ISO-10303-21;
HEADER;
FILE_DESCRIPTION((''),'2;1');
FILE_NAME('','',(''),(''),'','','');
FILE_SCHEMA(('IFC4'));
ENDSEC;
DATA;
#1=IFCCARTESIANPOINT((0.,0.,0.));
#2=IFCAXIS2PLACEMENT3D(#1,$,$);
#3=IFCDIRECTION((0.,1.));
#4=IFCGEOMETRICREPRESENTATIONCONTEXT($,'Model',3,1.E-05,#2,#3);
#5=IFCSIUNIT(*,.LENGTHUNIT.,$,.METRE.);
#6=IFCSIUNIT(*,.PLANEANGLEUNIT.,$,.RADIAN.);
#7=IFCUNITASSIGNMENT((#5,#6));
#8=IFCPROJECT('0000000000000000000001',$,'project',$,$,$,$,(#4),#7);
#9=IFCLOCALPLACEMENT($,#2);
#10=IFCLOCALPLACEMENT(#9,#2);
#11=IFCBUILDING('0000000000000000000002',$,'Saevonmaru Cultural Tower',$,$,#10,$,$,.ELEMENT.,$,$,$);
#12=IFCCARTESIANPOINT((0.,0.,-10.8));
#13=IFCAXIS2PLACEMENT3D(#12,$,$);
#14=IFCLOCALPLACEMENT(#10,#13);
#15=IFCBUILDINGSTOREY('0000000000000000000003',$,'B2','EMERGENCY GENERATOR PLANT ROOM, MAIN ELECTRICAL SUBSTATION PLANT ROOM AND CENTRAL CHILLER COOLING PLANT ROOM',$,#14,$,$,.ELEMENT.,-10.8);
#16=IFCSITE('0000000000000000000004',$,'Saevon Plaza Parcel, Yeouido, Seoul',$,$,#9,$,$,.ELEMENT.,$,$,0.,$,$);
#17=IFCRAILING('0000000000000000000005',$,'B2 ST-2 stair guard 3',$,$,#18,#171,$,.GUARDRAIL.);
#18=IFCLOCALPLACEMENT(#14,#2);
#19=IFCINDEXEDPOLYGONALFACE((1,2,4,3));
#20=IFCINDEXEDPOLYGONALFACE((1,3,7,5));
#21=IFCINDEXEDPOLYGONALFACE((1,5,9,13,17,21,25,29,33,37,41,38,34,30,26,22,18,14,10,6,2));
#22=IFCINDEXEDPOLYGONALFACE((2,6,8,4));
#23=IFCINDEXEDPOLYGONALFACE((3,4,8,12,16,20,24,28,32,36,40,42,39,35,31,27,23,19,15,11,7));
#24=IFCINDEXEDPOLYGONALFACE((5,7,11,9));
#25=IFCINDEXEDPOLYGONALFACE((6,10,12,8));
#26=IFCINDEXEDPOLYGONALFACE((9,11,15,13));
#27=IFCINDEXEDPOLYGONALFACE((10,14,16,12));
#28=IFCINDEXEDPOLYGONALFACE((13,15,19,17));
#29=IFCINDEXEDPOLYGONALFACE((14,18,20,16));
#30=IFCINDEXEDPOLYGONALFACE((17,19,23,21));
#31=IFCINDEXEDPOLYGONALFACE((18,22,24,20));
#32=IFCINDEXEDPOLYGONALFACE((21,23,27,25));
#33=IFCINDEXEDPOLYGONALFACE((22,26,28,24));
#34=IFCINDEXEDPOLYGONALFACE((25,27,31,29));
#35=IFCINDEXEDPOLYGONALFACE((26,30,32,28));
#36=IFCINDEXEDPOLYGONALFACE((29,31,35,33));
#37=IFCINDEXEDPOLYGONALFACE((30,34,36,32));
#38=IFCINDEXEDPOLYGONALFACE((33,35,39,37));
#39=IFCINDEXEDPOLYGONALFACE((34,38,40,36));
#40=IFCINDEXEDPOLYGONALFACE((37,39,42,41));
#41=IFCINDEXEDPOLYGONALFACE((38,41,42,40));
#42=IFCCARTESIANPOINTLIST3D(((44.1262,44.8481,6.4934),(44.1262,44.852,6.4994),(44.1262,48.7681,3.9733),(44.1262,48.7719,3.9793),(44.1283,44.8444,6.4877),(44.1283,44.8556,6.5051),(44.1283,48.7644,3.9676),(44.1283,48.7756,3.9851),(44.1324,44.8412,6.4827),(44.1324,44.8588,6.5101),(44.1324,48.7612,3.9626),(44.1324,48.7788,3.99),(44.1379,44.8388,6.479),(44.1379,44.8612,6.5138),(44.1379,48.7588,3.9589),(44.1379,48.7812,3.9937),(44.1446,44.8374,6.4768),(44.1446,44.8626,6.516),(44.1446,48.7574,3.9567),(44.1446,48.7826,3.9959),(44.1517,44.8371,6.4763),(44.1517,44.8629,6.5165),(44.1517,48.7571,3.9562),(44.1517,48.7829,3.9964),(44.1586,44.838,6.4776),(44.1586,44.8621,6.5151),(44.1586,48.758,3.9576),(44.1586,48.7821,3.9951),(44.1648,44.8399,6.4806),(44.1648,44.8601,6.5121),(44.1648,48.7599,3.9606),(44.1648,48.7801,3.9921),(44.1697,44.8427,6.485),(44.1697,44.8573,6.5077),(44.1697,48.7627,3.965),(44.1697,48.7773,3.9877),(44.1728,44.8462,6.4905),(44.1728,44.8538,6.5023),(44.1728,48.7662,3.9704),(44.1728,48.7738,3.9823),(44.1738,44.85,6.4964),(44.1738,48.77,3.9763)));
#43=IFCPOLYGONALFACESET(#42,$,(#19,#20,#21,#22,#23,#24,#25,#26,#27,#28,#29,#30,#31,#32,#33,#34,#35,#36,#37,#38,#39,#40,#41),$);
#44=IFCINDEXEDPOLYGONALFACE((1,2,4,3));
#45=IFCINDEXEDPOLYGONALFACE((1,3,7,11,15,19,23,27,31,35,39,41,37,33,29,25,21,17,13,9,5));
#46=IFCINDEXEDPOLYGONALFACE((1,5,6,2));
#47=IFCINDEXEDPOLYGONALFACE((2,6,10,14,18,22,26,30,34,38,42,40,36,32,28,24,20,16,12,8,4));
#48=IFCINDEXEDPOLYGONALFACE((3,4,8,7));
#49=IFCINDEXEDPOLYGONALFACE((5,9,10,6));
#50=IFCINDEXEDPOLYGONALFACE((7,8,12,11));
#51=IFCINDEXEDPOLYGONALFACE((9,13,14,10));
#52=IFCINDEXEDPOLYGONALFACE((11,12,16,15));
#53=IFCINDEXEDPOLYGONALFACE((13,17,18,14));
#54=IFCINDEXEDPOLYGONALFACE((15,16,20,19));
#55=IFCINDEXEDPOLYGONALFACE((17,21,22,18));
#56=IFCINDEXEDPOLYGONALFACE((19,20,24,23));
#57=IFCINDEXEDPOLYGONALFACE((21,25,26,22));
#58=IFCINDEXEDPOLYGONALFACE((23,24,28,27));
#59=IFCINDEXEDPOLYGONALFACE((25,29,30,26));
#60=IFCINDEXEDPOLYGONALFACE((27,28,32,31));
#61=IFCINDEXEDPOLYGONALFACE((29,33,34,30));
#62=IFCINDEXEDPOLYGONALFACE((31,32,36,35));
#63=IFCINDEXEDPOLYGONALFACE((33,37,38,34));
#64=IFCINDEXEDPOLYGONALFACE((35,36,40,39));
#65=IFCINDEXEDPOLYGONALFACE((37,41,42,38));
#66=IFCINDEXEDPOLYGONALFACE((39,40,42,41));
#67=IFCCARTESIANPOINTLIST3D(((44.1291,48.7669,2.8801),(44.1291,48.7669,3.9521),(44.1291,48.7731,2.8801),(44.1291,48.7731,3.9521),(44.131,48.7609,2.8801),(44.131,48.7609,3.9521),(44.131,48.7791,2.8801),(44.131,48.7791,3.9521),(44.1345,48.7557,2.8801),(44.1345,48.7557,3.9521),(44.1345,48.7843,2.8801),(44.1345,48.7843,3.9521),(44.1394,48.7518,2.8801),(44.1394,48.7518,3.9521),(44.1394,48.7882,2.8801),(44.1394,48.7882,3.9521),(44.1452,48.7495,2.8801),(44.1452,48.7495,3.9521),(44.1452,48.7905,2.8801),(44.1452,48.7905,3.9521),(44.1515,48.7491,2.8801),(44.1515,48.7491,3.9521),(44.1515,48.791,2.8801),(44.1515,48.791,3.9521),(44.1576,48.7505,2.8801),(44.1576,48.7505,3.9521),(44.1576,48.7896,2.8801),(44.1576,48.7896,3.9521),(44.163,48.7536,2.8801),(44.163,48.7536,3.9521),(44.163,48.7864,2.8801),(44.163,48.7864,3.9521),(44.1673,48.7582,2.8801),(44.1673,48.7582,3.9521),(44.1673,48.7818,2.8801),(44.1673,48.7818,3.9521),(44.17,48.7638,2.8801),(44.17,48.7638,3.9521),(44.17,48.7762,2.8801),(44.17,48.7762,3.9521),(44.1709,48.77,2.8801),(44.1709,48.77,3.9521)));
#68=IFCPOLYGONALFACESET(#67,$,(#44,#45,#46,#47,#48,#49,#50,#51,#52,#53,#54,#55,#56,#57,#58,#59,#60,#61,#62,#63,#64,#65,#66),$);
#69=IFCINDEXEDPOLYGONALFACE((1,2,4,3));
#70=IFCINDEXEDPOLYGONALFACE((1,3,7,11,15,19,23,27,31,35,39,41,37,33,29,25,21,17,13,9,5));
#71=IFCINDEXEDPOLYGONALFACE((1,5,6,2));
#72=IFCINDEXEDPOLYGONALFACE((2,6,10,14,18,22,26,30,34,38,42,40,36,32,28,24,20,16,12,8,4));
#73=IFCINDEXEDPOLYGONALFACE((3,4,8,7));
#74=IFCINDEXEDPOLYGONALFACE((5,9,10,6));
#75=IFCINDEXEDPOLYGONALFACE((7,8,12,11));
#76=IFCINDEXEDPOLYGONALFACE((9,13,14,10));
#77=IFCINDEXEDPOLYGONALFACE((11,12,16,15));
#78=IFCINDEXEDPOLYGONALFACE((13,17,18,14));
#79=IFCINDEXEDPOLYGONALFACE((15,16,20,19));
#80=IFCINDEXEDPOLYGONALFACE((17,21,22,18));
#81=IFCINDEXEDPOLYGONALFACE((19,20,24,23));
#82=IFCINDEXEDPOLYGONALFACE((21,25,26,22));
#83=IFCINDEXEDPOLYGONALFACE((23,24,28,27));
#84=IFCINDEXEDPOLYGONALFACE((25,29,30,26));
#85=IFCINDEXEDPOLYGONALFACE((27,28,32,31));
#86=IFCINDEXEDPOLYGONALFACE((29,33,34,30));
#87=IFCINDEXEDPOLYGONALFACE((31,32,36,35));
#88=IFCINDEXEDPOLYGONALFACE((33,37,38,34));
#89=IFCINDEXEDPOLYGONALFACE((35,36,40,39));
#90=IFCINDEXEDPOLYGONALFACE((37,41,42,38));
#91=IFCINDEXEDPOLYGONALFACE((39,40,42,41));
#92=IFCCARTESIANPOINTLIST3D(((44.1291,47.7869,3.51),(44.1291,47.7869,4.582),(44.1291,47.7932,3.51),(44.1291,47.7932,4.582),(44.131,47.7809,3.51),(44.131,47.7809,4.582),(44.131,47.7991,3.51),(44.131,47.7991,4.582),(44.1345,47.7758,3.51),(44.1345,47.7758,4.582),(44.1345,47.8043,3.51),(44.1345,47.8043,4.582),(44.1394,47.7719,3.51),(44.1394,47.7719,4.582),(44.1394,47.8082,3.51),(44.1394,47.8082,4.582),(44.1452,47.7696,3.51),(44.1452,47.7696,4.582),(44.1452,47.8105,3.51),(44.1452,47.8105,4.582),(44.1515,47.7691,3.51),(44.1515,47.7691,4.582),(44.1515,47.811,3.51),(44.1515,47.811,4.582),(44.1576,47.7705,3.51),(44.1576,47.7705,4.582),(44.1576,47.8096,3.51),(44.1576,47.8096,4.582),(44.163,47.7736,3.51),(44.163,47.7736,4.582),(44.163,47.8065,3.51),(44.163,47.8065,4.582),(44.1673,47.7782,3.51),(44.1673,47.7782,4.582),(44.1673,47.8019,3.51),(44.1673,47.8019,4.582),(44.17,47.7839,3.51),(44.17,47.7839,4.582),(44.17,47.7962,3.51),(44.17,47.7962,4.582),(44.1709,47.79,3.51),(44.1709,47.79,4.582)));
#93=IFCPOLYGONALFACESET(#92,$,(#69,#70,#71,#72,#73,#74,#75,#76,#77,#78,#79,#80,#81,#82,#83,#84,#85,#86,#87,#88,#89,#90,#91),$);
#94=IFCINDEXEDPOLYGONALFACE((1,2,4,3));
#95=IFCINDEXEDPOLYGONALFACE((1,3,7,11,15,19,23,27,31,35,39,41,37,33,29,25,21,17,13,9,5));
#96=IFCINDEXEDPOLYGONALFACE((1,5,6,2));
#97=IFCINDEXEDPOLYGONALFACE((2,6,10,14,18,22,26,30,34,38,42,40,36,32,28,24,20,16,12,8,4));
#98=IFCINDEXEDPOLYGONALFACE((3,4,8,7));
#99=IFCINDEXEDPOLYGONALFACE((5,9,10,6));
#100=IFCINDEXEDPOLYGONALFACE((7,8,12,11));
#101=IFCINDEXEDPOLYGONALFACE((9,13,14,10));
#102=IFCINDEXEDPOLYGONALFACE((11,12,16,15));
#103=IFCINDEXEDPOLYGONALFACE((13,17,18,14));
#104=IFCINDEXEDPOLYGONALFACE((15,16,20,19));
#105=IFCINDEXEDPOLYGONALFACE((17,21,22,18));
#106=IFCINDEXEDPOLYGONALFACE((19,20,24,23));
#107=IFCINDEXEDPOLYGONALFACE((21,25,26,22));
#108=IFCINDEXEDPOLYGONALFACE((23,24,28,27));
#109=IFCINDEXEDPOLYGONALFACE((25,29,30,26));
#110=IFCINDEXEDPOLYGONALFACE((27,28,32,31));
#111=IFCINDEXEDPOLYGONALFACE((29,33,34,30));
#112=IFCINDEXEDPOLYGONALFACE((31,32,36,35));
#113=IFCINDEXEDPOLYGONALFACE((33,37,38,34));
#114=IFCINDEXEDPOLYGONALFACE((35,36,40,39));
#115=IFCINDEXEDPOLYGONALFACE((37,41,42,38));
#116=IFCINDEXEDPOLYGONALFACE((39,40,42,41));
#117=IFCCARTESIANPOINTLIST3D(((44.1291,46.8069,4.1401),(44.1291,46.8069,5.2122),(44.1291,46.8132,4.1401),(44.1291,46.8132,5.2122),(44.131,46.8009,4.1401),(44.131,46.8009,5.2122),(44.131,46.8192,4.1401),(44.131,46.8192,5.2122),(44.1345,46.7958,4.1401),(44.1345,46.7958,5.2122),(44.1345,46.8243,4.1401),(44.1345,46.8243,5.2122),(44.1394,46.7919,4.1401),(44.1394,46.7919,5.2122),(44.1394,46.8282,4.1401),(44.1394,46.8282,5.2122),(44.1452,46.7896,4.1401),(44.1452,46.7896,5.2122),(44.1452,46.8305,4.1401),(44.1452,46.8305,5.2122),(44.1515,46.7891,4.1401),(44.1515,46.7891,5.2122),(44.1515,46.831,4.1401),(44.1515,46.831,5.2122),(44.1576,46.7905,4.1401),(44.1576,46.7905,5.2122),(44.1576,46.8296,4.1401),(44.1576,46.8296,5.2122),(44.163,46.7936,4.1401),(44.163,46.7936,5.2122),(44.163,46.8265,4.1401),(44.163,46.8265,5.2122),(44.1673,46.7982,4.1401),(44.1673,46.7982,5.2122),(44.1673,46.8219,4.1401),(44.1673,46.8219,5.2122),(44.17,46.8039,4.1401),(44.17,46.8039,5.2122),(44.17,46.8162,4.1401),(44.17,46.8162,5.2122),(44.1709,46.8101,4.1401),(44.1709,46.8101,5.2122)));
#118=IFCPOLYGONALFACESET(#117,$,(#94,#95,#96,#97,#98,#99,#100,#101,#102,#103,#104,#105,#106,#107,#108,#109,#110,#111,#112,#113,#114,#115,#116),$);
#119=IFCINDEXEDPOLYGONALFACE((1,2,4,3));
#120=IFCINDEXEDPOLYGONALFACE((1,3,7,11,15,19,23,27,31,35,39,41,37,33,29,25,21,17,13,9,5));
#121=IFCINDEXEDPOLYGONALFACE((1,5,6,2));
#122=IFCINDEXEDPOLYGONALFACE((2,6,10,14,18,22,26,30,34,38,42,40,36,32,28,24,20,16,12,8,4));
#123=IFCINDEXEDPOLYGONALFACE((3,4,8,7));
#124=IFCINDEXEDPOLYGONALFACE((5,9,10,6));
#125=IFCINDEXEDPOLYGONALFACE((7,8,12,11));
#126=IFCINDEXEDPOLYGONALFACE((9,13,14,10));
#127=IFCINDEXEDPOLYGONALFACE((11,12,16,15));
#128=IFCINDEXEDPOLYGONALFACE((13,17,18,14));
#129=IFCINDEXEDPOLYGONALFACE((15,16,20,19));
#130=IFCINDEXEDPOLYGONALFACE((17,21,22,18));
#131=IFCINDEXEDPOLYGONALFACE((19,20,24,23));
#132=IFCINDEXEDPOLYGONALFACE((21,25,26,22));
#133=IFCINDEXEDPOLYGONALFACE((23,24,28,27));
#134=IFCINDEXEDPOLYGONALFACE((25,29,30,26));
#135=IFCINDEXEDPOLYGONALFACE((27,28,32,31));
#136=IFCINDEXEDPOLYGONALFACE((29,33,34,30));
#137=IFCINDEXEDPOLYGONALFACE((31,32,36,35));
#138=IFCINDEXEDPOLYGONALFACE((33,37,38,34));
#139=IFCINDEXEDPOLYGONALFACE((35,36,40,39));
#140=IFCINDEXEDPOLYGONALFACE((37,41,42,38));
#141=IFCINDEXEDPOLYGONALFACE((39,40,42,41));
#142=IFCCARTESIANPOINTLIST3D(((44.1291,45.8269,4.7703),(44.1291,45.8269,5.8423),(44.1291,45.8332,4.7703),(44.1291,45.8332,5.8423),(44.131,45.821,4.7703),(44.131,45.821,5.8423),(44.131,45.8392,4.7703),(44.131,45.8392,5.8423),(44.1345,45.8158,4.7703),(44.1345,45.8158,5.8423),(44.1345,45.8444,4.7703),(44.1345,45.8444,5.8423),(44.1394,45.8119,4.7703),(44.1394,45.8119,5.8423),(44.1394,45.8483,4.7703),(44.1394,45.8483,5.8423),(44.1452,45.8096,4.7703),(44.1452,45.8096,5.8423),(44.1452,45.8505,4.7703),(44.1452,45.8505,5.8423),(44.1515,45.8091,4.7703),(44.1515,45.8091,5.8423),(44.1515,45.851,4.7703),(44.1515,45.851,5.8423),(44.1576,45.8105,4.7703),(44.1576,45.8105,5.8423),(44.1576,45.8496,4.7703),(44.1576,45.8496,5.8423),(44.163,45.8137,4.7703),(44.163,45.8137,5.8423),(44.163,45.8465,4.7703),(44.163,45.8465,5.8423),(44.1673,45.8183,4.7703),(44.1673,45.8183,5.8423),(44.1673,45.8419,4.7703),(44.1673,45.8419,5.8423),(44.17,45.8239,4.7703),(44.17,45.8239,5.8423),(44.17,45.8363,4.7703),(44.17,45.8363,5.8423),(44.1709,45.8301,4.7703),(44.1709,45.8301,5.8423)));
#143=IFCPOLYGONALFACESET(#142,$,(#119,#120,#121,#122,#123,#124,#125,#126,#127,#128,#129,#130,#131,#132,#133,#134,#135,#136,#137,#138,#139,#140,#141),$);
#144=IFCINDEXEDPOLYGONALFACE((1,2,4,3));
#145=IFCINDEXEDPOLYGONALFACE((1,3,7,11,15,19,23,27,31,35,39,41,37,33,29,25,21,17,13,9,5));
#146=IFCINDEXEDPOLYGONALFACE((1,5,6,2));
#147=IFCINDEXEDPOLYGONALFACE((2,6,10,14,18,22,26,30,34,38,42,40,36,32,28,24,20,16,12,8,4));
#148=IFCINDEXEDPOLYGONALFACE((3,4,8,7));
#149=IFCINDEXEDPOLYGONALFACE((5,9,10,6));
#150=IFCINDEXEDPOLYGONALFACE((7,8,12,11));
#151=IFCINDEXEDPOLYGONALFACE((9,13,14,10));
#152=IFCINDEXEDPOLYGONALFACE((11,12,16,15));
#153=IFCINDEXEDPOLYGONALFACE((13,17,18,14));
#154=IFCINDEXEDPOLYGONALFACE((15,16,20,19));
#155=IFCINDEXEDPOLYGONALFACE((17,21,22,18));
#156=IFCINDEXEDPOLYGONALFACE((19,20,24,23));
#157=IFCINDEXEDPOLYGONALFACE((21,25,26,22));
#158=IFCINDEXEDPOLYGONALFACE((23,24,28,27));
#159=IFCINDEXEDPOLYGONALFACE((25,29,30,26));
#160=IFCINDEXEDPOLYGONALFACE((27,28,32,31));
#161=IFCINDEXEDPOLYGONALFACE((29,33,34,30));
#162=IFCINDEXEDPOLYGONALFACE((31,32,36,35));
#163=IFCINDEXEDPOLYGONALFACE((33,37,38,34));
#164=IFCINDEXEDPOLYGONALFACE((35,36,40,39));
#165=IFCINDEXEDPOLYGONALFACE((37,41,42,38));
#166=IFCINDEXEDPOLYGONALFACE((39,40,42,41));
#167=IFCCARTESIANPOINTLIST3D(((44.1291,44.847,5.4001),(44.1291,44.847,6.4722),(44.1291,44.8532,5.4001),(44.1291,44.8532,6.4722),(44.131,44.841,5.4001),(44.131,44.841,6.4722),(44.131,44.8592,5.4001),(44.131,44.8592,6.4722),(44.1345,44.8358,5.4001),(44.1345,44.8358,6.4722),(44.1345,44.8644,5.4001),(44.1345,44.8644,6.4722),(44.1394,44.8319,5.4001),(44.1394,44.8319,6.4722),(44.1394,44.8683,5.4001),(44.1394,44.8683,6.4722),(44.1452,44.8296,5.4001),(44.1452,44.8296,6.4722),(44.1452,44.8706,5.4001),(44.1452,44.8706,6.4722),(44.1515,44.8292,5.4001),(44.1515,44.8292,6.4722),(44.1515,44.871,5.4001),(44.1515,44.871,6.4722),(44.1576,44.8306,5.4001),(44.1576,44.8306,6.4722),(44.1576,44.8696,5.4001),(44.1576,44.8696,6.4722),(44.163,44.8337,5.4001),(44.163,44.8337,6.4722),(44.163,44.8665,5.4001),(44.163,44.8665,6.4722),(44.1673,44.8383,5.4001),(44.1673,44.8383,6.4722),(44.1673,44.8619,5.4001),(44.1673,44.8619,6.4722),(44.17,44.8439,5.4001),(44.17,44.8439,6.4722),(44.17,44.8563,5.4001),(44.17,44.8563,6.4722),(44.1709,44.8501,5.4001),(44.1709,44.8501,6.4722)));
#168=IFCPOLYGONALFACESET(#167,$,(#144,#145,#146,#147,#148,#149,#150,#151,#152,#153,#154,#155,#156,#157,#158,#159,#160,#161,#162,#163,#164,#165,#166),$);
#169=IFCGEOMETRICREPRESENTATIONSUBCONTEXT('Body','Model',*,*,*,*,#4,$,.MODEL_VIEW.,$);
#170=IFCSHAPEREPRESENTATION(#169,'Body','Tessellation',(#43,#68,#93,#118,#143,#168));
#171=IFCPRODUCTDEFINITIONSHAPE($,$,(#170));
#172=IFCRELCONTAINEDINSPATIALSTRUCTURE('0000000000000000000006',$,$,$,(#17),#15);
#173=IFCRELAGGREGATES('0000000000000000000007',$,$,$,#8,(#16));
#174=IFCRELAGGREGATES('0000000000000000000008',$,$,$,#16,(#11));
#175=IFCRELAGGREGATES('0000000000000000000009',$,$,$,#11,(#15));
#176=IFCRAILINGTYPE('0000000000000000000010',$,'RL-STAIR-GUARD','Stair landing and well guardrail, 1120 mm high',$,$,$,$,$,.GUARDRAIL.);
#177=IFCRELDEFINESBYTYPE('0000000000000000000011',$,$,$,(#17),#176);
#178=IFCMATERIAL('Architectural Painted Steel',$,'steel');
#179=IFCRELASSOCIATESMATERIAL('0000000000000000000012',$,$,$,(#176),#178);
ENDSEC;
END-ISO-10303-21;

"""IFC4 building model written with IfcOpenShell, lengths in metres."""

from ifc_helpers import new_model, si_unit, direction, frame, origin, origin_2d, place, context, subcontext, project, spatial, circle, extrude, material, type_object, element, save


model = new_model("IFC4")

# Units and contexts
model_context = context("Model", 3, precision=1e-05, world=origin(), true_north=direction((0.0, 1.0)))
body_context = subcontext(model_context, "Body", "Model", "MODEL_VIEW")
ifc_project = project(units=[si_unit("LENGTHUNIT", "METRE"), si_unit("PLANEANGLEUNIT", "RADIAN")], contexts=[model_context])

# Site, building, storey
site_placement = place(None, origin())
site = spatial("IfcSite", under=ifc_project, at=site_placement, Name="Saevon Plaza Parcel, Yeouido, Seoul", CompositionType="ELEMENT", RefElevation=0.0)
building_placement = place(site_placement, origin())
building = spatial("IfcBuilding", under=site, at=building_placement, Name="Saevonmaru Cultural Tower", CompositionType="ELEMENT")
storey_placement = place(building_placement, frame((0.0, 0.0, -10.8)))
storey = spatial("IfcBuildingStorey", under=building, at=storey_placement, Name="B2", Description="EMERGENCY GENERATOR PLANT ROOM, MAIN ELECTRICAL SUBSTATION PLANT ROOM AND CENTRAL CHILLER COOLING PLANT ROOM", CompositionType="ELEMENT", Elevation=-10.8)

# Railing
ifc_material_1 = material(Name="Architectural Painted Steel", Category="steel")
railing_type_1 = type_object("IfcRailingType", Name="RL-STAIR-GUARD", Description="Stair landing and well guardrail, 1120 mm high", PredefinedType="GUARDRAIL", material=ifc_material_1)
railing_1_placement = place(storey_placement, frame((44.1499, 48.77, 2.8801)))
element("IfcRailing", 1, at=railing_1_placement, inside=storey, type_object=railing_type_1, Name="B2 ST-2 stair guard 3", PredefinedType="GUARDRAIL", context=body_context, shape_type="SweptSolid", body=[
    extrude(circle(Radius=0.0239, at=origin_2d()), frame((0.0, 0.0, 1.0962), z_axis=(0.0, -0.841172, 0.540768), x_axis=(1.0, 0.0, 0.0)), (0.0, 0.0, 1.0), 4.6602),
    extrude(circle(Radius=0.021, at=origin_2d()), origin(), (0.0, 0.0, 1.0), 1.072),
    extrude(circle(Radius=0.021, at=origin_2d()), frame((0.0, -0.98, 0.6299)), (0.0, 0.0, 1.0), 1.072),
    extrude(circle(Radius=0.021, at=origin_2d()), frame((0.0, -1.96, 1.26)), (0.0, 0.0, 1.0), 1.072),
    extrude(circle(Radius=0.021, at=origin_2d()), frame((0.0, -2.9399, 1.8901)), (0.0, 0.0, 1.0), 1.072),
    extrude(circle(Radius=0.021, at=origin_2d()), frame((0.0, -3.9199, 2.52)), (0.0, 0.0, 1.0), 1.072),
])

save(model, "model.ifc")
